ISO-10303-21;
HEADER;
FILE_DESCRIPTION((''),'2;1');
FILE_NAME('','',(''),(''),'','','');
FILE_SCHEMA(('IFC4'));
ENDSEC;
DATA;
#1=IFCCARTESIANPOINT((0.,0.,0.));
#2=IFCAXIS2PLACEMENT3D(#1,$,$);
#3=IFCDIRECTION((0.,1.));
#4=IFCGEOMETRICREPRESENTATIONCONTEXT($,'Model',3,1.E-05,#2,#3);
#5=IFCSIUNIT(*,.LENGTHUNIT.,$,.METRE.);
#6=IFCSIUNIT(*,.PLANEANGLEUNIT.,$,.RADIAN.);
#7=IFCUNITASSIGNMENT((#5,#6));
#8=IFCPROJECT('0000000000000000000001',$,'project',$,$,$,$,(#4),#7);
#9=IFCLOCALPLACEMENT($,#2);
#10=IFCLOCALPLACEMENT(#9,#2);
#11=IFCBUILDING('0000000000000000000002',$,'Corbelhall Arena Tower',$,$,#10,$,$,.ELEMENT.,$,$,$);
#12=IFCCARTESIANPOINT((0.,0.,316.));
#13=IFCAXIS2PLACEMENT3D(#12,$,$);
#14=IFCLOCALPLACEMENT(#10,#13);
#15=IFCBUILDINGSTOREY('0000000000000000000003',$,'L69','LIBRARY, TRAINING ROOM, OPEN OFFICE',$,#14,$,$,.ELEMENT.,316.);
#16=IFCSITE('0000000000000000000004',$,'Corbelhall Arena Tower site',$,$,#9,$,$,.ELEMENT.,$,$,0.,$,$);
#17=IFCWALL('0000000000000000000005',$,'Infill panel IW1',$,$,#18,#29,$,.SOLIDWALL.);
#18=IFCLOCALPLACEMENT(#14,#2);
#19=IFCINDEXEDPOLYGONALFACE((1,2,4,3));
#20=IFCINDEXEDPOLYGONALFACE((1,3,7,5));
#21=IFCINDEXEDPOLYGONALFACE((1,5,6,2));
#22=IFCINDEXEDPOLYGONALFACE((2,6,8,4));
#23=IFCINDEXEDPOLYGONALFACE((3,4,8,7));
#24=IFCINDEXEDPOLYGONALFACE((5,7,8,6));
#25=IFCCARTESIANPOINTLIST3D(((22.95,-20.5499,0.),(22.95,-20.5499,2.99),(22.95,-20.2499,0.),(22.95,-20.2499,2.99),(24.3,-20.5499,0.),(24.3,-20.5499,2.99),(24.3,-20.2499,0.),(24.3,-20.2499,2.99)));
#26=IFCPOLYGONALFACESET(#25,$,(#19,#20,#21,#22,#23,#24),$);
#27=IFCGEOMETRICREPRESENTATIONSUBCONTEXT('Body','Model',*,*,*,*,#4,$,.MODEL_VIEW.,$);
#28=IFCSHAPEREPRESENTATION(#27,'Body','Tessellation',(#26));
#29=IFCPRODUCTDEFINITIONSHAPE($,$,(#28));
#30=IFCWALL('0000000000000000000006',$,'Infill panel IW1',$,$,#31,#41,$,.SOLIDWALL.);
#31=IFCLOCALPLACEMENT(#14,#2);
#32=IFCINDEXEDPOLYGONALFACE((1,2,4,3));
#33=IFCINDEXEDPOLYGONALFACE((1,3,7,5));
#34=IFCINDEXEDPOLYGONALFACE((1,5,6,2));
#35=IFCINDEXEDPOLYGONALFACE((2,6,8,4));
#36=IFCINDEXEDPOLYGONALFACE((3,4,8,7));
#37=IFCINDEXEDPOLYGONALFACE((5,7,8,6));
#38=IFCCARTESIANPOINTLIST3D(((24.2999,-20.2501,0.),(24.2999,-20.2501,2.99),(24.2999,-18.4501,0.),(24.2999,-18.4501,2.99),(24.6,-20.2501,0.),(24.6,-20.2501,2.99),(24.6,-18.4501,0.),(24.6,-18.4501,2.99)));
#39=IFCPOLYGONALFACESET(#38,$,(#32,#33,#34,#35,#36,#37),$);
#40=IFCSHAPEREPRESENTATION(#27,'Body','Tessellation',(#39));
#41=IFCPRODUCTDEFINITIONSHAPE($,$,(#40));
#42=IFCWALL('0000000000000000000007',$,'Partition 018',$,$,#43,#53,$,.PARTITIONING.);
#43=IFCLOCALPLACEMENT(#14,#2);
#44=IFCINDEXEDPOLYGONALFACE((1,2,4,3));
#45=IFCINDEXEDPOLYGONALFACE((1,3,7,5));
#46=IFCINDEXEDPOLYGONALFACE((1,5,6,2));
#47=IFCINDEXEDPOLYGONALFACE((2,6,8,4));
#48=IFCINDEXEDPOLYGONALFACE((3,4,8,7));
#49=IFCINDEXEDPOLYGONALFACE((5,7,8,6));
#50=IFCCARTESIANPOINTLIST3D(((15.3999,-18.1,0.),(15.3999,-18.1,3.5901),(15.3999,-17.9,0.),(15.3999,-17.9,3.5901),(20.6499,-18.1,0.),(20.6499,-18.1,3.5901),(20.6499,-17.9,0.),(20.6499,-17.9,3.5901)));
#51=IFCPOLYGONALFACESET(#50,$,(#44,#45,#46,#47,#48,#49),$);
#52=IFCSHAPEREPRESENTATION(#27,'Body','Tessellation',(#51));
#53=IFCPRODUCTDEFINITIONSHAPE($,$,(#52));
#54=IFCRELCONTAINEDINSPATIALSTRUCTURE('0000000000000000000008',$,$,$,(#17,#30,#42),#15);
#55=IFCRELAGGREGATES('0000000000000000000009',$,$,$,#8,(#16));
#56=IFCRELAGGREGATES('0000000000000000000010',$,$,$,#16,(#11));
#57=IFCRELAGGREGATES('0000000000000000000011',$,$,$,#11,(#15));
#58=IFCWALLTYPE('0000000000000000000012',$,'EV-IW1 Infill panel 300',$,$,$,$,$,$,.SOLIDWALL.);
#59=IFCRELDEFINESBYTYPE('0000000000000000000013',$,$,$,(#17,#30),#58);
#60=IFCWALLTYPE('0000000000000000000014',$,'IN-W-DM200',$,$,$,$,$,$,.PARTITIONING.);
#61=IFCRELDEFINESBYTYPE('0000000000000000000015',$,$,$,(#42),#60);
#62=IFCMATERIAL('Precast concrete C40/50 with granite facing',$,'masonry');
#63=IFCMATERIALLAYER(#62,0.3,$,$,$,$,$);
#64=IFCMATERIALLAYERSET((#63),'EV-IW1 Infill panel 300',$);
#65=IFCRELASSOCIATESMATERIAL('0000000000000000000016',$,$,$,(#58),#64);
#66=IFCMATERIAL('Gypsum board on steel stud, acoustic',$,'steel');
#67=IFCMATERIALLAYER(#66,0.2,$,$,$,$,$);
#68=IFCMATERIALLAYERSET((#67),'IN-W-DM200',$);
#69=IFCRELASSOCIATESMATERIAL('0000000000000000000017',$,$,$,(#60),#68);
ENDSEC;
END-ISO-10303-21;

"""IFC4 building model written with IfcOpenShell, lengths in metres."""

from ifc_helpers import new_model, si_unit, direction, frame, frame_2d, origin, place, context, subcontext, project, spatial, rectangle, extrude, material, layer, layer_set, type_object, element, save


model = new_model("IFC4")

# Units and contexts
model_context = context("Model", 3, precision=1e-05, world=origin(), true_north=direction((0.0, 1.0)))
body_context = subcontext(model_context, "Body", "Model", "MODEL_VIEW")
ifc_project = project(units=[si_unit("LENGTHUNIT", "METRE"), si_unit("PLANEANGLEUNIT", "RADIAN")], contexts=[model_context])

# Site, building, storey
site_placement = place(None, origin())
site = spatial("IfcSite", under=ifc_project, at=site_placement, Name="Corbelhall Arena Tower site", CompositionType="ELEMENT", RefElevation=0.0)
building_placement = place(site_placement, origin())
building = spatial("IfcBuilding", under=site, at=building_placement, Name="Corbelhall Arena Tower", CompositionType="ELEMENT")
storey_placement = place(building_placement, frame((0.0, 0.0, 316.0)))
storey = spatial("IfcBuildingStorey", under=building, at=storey_placement, Name="L69", Description="LIBRARY, TRAINING ROOM, OPEN OFFICE", CompositionType="ELEMENT", Elevation=316.0)

# Shared definitions
ifc_material_1 = material(Name="Precast concrete C40/50 with granite facing", Category="masonry")
ifc_layer_1 = layer(ifc_material_1, 0.3)
ifc_layer_set_1 = layer_set([ifc_layer_1], Name="EV-IW1 Infill panel 300")
wall_type_1 = type_object("IfcWallType", Name="EV-IW1 Infill panel 300", PredefinedType="SOLIDWALL", material=ifc_layer_set_1)

# Walls
wall_1_placement = place(storey_placement, frame((22.95, -20.3999, 0.0), z_axis=(0.0, 0.0, 1.0), x_axis=(1.0, 0.0, 0.0)))
element("IfcWall", 1, at=wall_1_placement, inside=storey, type_object=wall_type_1, Name="Infill panel IW1", PredefinedType="SOLIDWALL", context=body_context, shape_type="SweptSolid", body=[
    extrude(rectangle(XDim=1.3501, YDim=0.3, at=frame_2d((0.675, 0.0))), origin(), (0.0, 0.0, 1.0), 2.99),
])
wall_2_placement = place(storey_placement, frame((24.45, -20.25, 0.0), z_axis=(0.0, 0.0, 1.0), x_axis=(0.0, 1.0, 0.0)))
element("IfcWall", 2, at=wall_2_placement, inside=storey, type_object=wall_type_1, Name="Infill panel IW1", PredefinedType="SOLIDWALL", context=body_context, shape_type="SweptSolid", body=[
    extrude(rectangle(XDim=1.8, YDim=0.3, at=frame_2d((0.8999, 0.0))), origin(), (0.0, 0.0, 1.0), 2.99),
])

# Shared definitions
ifc_material_2 = material(Name="Gypsum board on steel stud, acoustic", Category="steel")
ifc_layer_2 = layer(ifc_material_2, 0.2)
ifc_layer_set_2 = layer_set([ifc_layer_2], Name="IN-W-DM200")
wall_type_2 = type_object("IfcWallType", Name="IN-W-DM200", PredefinedType="PARTITIONING", material=ifc_layer_set_2)

# Wall
wall_3_placement = place(storey_placement, frame((15.3999, -18.0, 0.0), z_axis=(0.0, 0.0, 1.0), x_axis=(1.0, 0.0, 0.0)))
element("IfcWall", 3, at=wall_3_placement, inside=storey, type_object=wall_type_2, Name="Partition 018", PredefinedType="PARTITIONING", context=body_context, shape_type="SweptSolid", body=[
    extrude(rectangle(XDim=5.25, YDim=0.2, at=frame_2d((2.625, 0.0))), origin(), (0.0, 0.0, 1.0), 3.5901),
])

save(model, "model.ifc")
